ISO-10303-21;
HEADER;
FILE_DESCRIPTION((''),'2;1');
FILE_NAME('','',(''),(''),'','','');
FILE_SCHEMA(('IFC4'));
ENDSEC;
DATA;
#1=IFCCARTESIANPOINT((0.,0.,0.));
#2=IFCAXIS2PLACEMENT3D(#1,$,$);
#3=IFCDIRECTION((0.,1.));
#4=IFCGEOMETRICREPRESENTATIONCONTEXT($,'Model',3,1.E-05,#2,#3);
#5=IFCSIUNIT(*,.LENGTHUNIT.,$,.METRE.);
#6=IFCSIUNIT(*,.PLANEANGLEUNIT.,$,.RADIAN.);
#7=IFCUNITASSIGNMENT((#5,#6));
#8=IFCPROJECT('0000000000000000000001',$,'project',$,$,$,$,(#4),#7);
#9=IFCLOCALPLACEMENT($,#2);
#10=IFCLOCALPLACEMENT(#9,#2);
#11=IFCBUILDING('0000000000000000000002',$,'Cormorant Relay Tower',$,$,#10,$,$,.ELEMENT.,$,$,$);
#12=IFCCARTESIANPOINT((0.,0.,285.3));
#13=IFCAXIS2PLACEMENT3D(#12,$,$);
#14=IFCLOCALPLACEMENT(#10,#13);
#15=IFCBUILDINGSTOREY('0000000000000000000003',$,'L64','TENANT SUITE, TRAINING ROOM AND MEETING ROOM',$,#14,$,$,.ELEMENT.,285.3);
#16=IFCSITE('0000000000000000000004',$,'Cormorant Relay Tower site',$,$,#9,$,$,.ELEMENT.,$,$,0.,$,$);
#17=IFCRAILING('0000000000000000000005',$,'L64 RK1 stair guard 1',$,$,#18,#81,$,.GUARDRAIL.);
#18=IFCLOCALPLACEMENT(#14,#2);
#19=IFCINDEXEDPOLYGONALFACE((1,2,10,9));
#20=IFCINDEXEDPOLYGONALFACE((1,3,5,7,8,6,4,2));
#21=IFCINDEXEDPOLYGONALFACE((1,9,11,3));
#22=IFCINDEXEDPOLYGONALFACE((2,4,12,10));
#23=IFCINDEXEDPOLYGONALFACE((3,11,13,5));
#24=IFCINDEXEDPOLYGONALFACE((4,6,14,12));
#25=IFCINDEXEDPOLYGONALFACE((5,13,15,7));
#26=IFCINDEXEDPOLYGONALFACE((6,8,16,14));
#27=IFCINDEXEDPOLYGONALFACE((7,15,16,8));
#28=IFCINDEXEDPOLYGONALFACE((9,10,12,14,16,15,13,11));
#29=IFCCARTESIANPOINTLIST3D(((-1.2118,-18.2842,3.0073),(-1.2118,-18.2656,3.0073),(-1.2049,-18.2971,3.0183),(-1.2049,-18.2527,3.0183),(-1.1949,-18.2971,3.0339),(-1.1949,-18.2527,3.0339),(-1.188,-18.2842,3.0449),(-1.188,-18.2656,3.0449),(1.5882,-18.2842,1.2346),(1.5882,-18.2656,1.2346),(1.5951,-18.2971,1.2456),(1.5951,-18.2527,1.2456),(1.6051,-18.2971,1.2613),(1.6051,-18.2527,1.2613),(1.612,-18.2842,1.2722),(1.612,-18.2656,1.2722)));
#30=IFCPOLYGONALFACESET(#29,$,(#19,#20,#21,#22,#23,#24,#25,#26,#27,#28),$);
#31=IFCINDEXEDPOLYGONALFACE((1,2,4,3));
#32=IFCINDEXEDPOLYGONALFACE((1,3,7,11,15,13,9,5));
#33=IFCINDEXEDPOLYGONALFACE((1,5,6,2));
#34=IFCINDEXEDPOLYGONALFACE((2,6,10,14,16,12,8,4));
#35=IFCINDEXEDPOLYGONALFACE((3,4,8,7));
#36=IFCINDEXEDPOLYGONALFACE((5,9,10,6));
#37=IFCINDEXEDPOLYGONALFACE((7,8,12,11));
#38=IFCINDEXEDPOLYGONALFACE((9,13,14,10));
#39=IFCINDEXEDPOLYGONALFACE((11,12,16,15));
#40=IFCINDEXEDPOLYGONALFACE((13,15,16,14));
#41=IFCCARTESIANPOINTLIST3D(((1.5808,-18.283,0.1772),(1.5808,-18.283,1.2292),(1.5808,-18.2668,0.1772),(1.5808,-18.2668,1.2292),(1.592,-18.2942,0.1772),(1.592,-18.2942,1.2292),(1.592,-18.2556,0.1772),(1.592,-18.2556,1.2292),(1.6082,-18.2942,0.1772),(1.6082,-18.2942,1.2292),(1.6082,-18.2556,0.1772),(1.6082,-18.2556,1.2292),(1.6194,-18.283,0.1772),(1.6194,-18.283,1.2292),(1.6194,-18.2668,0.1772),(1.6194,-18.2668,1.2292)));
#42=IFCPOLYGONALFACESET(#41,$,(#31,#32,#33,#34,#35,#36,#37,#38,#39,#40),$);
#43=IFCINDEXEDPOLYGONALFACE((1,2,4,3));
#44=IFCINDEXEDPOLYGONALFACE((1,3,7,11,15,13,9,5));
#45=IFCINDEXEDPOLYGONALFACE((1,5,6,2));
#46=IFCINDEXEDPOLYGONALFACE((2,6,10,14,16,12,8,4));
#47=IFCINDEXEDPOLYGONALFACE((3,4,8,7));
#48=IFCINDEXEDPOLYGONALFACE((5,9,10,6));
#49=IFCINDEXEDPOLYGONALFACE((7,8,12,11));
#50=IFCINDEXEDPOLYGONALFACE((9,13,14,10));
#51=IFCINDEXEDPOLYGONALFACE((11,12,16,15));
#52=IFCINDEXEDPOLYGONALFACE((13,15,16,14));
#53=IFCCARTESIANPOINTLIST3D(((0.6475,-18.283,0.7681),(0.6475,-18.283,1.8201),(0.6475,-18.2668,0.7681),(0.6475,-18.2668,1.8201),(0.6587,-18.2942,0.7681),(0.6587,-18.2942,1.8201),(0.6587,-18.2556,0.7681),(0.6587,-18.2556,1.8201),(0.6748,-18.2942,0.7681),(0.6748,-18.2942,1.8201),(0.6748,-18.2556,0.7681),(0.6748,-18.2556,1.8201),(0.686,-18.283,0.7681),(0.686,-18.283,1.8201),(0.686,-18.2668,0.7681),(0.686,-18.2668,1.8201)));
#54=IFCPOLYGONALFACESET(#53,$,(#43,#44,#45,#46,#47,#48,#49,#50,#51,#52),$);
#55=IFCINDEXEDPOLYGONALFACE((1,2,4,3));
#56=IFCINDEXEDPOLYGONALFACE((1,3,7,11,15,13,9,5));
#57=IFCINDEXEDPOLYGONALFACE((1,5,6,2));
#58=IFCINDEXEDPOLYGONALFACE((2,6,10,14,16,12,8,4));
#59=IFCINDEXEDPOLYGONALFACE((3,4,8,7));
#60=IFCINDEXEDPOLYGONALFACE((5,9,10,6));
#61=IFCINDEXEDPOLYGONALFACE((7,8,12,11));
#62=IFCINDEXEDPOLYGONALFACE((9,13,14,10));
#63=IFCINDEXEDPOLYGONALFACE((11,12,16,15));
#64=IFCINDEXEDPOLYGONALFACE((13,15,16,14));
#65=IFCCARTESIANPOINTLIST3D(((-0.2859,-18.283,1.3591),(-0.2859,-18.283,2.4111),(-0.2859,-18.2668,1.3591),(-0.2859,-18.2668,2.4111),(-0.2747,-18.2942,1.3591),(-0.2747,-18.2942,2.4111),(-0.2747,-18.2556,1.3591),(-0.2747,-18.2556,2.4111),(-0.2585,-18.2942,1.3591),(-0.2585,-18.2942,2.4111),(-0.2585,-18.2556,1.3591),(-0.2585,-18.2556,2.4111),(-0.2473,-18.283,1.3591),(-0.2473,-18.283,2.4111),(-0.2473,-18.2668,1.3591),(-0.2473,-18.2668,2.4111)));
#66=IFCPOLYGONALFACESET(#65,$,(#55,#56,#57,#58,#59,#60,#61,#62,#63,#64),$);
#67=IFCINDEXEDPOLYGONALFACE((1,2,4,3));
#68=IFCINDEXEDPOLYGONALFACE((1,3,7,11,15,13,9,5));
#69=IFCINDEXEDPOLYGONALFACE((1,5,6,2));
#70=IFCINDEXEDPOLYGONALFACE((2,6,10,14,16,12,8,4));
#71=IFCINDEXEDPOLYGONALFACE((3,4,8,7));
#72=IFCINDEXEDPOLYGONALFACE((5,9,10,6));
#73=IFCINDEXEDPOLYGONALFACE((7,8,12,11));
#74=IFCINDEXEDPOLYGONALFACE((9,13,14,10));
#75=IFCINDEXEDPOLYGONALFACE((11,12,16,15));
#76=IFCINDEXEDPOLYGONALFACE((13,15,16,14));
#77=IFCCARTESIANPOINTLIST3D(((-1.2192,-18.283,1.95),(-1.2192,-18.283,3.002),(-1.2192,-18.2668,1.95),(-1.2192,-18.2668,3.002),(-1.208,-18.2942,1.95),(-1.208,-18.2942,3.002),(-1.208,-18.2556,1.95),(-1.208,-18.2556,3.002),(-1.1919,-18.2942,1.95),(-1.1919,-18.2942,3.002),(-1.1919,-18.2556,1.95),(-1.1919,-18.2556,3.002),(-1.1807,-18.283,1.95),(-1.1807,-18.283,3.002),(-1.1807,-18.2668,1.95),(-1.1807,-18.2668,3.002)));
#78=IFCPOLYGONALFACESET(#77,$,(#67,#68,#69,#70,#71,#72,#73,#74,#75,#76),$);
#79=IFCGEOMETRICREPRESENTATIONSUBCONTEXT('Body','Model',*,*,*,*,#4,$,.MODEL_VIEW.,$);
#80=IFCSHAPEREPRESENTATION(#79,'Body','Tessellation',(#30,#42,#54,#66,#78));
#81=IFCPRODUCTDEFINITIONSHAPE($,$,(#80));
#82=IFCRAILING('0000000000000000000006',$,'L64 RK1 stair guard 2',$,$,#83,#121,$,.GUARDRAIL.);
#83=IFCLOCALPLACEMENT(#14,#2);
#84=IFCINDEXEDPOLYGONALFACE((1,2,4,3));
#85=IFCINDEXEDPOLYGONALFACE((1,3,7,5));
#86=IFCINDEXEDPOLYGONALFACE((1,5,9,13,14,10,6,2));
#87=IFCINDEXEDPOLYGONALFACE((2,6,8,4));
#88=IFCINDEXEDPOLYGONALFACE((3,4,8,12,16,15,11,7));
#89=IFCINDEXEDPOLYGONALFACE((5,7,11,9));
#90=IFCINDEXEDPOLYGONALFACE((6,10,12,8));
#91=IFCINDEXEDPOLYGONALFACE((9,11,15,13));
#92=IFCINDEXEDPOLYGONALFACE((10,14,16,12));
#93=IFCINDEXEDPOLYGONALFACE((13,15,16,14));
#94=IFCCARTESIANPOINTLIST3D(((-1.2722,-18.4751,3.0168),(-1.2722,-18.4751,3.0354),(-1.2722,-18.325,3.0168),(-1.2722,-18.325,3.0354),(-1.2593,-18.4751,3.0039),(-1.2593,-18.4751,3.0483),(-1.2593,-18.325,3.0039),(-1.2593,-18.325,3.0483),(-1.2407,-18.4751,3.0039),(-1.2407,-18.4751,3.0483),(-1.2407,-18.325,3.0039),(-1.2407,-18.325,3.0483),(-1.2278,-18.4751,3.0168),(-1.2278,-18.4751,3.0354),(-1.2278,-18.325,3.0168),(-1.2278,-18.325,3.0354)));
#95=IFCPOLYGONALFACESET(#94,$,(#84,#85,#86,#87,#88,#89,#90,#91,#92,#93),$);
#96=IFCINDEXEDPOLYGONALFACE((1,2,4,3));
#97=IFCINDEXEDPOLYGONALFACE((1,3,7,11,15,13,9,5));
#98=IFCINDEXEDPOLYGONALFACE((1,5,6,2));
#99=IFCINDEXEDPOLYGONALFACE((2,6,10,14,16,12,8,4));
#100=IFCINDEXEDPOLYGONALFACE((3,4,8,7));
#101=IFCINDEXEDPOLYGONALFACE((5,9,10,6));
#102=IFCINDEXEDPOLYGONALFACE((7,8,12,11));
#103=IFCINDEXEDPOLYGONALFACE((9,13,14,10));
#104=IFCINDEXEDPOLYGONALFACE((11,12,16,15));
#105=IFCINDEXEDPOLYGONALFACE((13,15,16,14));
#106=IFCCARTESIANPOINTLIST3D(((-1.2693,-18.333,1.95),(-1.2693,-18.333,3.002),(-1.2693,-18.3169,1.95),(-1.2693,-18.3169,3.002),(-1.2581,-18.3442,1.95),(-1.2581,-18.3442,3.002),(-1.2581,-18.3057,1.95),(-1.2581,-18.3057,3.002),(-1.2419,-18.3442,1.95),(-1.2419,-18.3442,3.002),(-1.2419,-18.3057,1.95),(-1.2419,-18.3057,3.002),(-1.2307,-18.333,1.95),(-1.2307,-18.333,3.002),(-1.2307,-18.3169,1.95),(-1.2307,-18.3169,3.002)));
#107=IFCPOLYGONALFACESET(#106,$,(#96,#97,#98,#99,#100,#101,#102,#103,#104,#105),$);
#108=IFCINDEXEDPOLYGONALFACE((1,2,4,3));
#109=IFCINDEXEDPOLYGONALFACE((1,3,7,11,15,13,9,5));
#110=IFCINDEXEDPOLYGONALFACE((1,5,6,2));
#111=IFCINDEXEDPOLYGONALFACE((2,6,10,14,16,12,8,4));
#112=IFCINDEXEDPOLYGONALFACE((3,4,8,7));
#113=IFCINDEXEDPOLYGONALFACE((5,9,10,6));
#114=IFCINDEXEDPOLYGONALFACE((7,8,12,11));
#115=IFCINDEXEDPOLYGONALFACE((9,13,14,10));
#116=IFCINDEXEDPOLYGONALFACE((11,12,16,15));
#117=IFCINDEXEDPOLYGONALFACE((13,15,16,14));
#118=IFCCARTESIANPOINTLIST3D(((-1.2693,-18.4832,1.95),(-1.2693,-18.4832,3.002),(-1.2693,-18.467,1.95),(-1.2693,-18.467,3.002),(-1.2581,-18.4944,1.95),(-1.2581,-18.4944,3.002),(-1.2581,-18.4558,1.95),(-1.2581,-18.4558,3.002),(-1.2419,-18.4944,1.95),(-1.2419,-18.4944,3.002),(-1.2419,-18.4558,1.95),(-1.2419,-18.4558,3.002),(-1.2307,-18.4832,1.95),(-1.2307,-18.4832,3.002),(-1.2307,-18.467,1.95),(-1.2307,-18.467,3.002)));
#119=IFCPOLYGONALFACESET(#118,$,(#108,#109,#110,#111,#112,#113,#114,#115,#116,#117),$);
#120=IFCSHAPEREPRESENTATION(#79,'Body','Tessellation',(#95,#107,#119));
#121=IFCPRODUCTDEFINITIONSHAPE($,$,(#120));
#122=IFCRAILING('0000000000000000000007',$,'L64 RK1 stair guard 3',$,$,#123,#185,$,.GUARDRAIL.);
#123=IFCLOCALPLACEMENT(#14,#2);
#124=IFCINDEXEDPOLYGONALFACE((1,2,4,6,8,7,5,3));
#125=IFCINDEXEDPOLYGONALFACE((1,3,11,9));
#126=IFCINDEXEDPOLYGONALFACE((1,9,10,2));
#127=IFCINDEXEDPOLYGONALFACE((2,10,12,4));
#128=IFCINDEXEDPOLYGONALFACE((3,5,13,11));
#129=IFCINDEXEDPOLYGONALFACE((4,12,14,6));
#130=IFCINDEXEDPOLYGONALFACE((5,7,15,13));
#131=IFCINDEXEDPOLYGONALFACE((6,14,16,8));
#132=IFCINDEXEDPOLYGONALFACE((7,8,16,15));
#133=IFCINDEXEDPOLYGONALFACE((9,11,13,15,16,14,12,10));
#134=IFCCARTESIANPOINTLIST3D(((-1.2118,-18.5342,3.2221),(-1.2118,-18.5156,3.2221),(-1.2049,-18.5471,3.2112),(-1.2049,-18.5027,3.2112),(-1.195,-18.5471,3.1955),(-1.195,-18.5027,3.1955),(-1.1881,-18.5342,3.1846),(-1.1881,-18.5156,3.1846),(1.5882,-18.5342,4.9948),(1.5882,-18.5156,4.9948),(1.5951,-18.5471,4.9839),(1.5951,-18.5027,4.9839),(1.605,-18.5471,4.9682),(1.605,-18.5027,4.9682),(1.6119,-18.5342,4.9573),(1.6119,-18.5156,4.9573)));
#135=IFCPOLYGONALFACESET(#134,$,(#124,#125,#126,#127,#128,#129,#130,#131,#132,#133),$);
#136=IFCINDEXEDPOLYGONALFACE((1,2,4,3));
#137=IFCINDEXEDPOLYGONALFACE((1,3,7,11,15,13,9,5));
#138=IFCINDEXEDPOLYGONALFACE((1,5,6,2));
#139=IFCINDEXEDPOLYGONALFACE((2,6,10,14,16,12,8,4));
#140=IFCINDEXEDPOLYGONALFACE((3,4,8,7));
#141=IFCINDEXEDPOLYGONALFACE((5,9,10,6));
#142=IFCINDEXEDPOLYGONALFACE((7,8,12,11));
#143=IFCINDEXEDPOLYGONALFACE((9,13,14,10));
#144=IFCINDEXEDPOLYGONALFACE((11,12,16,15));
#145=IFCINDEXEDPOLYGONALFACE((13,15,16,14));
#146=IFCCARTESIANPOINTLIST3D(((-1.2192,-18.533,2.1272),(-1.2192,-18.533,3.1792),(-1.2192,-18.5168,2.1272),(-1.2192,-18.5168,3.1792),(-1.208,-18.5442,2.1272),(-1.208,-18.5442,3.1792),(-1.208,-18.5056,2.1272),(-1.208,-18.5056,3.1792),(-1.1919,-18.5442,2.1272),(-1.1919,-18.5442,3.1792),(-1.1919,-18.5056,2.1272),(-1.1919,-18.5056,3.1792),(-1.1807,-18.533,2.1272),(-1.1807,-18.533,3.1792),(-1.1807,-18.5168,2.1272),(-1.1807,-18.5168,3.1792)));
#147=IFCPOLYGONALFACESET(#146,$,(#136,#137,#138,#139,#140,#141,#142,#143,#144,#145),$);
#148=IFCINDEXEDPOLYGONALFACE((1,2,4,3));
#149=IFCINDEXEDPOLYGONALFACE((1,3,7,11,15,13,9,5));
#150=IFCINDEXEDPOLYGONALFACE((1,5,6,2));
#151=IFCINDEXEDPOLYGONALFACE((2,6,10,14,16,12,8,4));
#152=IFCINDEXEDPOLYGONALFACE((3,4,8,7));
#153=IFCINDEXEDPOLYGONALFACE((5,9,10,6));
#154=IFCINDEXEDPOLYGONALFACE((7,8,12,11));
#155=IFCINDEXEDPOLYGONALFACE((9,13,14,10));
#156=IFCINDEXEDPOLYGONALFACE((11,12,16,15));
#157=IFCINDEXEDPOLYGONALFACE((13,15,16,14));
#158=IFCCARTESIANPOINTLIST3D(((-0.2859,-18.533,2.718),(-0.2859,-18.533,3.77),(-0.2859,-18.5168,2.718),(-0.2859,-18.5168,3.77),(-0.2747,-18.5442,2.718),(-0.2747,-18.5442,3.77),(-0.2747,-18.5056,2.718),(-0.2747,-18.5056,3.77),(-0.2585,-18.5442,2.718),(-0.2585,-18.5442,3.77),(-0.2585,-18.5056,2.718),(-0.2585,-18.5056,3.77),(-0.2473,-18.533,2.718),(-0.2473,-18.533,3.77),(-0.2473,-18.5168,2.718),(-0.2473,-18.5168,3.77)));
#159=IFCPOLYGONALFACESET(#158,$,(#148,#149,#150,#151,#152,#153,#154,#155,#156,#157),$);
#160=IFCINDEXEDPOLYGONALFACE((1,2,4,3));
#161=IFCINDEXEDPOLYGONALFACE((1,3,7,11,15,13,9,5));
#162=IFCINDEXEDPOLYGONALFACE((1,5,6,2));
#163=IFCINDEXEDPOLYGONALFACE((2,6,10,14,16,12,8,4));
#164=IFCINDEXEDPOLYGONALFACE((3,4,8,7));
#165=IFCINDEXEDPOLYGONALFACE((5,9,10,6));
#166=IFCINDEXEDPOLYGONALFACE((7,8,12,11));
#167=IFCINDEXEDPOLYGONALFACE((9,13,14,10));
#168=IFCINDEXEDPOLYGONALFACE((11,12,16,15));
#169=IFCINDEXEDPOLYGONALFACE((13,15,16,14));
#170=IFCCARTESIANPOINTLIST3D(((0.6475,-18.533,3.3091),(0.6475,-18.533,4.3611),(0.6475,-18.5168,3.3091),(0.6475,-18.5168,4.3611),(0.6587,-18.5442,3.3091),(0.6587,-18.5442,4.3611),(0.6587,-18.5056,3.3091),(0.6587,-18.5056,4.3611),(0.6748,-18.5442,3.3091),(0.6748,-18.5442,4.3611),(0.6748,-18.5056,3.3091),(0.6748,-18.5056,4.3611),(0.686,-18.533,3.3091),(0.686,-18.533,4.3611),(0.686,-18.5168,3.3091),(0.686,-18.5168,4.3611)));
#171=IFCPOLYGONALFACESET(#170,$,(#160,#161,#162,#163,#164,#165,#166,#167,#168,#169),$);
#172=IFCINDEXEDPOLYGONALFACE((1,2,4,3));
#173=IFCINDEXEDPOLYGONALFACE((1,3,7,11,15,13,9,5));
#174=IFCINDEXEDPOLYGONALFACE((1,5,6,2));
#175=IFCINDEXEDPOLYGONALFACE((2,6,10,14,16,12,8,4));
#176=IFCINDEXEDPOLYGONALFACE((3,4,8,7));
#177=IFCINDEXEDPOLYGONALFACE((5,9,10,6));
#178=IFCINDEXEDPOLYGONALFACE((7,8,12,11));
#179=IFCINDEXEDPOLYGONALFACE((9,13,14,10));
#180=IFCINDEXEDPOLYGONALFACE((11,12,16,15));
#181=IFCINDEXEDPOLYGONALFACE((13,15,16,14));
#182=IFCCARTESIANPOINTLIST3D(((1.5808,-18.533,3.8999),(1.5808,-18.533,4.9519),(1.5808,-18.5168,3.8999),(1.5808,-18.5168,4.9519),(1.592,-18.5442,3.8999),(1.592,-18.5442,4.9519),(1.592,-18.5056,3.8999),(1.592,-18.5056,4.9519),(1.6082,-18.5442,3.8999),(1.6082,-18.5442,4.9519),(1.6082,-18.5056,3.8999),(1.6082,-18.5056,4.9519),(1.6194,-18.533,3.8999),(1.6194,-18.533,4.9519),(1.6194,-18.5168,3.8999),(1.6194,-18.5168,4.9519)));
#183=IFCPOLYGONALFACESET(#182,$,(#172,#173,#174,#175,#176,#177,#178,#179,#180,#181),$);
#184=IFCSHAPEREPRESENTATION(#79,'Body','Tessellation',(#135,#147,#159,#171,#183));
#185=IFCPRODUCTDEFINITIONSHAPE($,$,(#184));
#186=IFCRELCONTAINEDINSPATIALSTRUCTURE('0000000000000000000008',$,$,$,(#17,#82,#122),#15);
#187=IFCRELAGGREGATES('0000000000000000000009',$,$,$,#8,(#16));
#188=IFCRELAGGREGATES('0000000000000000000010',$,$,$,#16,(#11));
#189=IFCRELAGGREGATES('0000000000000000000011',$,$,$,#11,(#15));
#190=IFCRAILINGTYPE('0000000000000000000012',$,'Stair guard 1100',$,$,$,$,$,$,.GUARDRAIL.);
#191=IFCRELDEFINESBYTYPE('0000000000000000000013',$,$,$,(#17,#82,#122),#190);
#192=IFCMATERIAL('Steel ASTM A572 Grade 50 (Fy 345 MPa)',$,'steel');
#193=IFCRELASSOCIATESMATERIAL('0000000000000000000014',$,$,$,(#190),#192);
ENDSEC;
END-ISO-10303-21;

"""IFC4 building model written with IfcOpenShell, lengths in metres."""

from ifc_helpers import new_model, si_unit, direction, frame, origin, place, context, subcontext, project, spatial, polyline, outline, extrude, material, type_object, element, save


model = new_model("IFC4")

# Units and contexts
model_context = context("Model", 3, precision=1e-05, world=origin(), true_north=direction((0.0, 1.0)))
body_context = subcontext(model_context, "Body", "Model", "MODEL_VIEW")
ifc_project = project(units=[si_unit("LENGTHUNIT", "METRE"), si_unit("PLANEANGLEUNIT", "RADIAN")], contexts=[model_context])

# Site, building, storey
site_placement = place(None, origin())
site = spatial("IfcSite", under=ifc_project, at=site_placement, Name="Cormorant Relay Tower site", CompositionType="ELEMENT", RefElevation=0.0)
building_placement = place(site_placement, origin())
building = spatial("IfcBuilding", under=site, at=building_placement, Name="Cormorant Relay Tower", CompositionType="ELEMENT")
storey_placement = place(building_placement, frame((0.0, 0.0, 285.3)))
storey = spatial("IfcBuildingStorey", under=building, at=storey_placement, Name="L64", Description="TENANT SUITE, TRAINING ROOM AND MEETING ROOM", CompositionType="ELEMENT", Elevation=285.3)

# Railings
ifc_material_1 = material(Name="Steel ASTM A572 Grade 50 (Fy 345 MPa)", Category="steel")
railing_type_1 = type_object("IfcRailingType", Name="Stair guard 1100", PredefinedType="GUARDRAIL", material=ifc_material_1)
railing_1_placement = place(storey_placement, frame((1.6001, -18.2749, 0.1772)))
element("IfcRailing", 1, at=railing_1_placement, inside=storey, type_object=railing_type_1, Name="L64 RK1 stair guard 1", PredefinedType="GUARDRAIL", context=body_context, shape_type="SweptSolid", body=[
    extrude(outline(polyline([(0.0222, 0.0093), (0.0093, 0.0222), (-0.0093, 0.0222), (-0.0222, 0.0093), (-0.0222, -0.0093), (-0.0093, -0.0222), (0.0093, -0.0222), (0.0222, -0.0093), (0.0222, 0.0093)])), frame((0.0, 0.0, 1.0762), z_axis=(-0.844909, 0.0, 0.53491), x_axis=(0.0, -1.0, 0.0)), (0.0, 0.0, 1.0), 3.314),
    extrude(outline(polyline([(0.0193, 0.0081), (0.0081, 0.0193), (-0.0081, 0.0193), (-0.0193, 0.0081), (-0.0193, -0.0081), (-0.0081, -0.0193), (0.0081, -0.0193), (0.0193, -0.0081), (0.0193, 0.0081)])), origin(), (0.0, 0.0, 1.0), 1.052),
    extrude(outline(polyline([(0.0193, 0.0081), (0.0081, 0.0193), (-0.0081, 0.0193), (-0.0193, 0.0081), (-0.0193, -0.0081), (-0.0081, -0.0193), (0.0081, -0.0193), (0.0193, -0.0081), (0.0193, 0.0081)])), frame((-0.9333, 0.0, 0.5908)), (0.0, 0.0, 1.0), 1.052),
    extrude(outline(polyline([(0.0193, 0.0081), (0.0081, 0.0193), (-0.0081, 0.0193), (-0.0193, 0.0081), (-0.0193, -0.0081), (-0.0081, -0.0193), (0.0081, -0.0193), (0.0193, -0.0081), (0.0193, 0.0081)])), frame((-1.8667, 0.0, 1.1819)), (0.0, 0.0, 1.0), 1.052),
    extrude(outline(polyline([(0.0193, 0.0081), (0.0081, 0.0193), (-0.0081, 0.0193), (-0.0193, 0.0081), (-0.0193, -0.0081), (-0.0081, -0.0193), (0.0081, -0.0193), (0.0193, -0.0081), (0.0193, 0.0081)])), frame((-2.8, 0.0, 1.7727)), (0.0, 0.0, 1.0), 1.052),
])
railing_2_placement = place(storey_placement, frame((-1.25, -18.325, 1.95)))
element("IfcRailing", 2, at=railing_2_placement, inside=storey, type_object=railing_type_1, Name="L64 RK1 stair guard 2", PredefinedType="GUARDRAIL", context=body_context, shape_type="SweptSolid", body=[
    extrude(outline(polyline([(0.0222, 0.0093), (0.0093, 0.0222), (-0.0093, 0.0222), (-0.0222, 0.0093), (-0.0222, -0.0093), (-0.0093, -0.0222), (0.0093, -0.0222), (0.0222, -0.0093), (0.0222, 0.0093)])), frame((0.0, 0.0, 1.0762), z_axis=(0.0, -1.0, 0.0), x_axis=(1.0, 0.0, 0.0)), (0.0, 0.0, 1.0), 0.1501),
    extrude(outline(polyline([(0.0193, 0.0081), (0.0081, 0.0193), (-0.0081, 0.0193), (-0.0193, 0.0081), (-0.0193, -0.0081), (-0.0081, -0.0193), (0.0081, -0.0193), (0.0193, -0.0081), (0.0193, 0.0081)])), origin(), (0.0, 0.0, 1.0), 1.052),
    extrude(outline(polyline([(0.0193, 0.0081), (0.0081, 0.0193), (-0.0081, 0.0193), (-0.0193, 0.0081), (-0.0193, -0.0081), (-0.0081, -0.0193), (0.0081, -0.0193), (0.0193, -0.0081), (0.0193, 0.0081)])), frame((0.0, -0.1501, 0.0)), (0.0, 0.0, 1.0), 1.052),
])
railing_3_placement = place(storey_placement, frame((-1.2, -18.5249, 2.1272)))
element("IfcRailing", 3, at=railing_3_placement, inside=storey, type_object=railing_type_1, Name="L64 RK1 stair guard 3", PredefinedType="GUARDRAIL", context=body_context, shape_type="SweptSolid", body=[
    extrude(outline(polyline([(0.0222, 0.0093), (0.0093, 0.0222), (-0.0093, 0.0222), (-0.0222, 0.0093), (-0.0222, -0.0093), (-0.0093, -0.0222), (0.0093, -0.0222), (0.0222, -0.0093), (0.0222, 0.0093)])), frame((0.0, 0.0, 1.0762), z_axis=(0.844909, 0.0, 0.53491), x_axis=(0.0, 1.0, 0.0)), (0.0, 0.0, 1.0), 3.314),
    extrude(outline(polyline([(0.0193, 0.0081), (0.0081, 0.0193), (-0.0081, 0.0193), (-0.0193, 0.0081), (-0.0193, -0.0081), (-0.0081, -0.0193), (0.0081, -0.0193), (0.0193, -0.0081), (0.0193, 0.0081)])), origin(), (0.0, 0.0, 1.0), 1.052),
    extrude(outline(polyline([(0.0193, 0.0081), (0.0081, 0.0193), (-0.0081, 0.0193), (-0.0193, 0.0081), (-0.0193, -0.0081), (-0.0081, -0.0193), (0.0081, -0.0193), (0.0193, -0.0081), (0.0193, 0.0081)])), frame((0.9333, 0.0, 0.5908)), (0.0, 0.0, 1.0), 1.052),
    extrude(outline(polyline([(0.0193, 0.0081), (0.0081, 0.0193), (-0.0081, 0.0193), (-0.0193, 0.0081), (-0.0193, -0.0081), (-0.0081, -0.0193), (0.0081, -0.0193), (0.0193, -0.0081), (0.0193, 0.0081)])), frame((1.8667, 0.0, 1.1819)), (0.0, 0.0, 1.0), 1.052),
    extrude(outline(polyline([(0.0193, 0.0081), (0.0081, 0.0193), (-0.0081, 0.0193), (-0.0193, 0.0081), (-0.0193, -0.0081), (-0.0081, -0.0193), (0.0081, -0.0193), (0.0193, -0.0081), (0.0193, 0.0081)])), frame((2.8, 0.0, 1.7727)), (0.0, 0.0, 1.0), 1.052),
])

save(model, "model.ifc")
